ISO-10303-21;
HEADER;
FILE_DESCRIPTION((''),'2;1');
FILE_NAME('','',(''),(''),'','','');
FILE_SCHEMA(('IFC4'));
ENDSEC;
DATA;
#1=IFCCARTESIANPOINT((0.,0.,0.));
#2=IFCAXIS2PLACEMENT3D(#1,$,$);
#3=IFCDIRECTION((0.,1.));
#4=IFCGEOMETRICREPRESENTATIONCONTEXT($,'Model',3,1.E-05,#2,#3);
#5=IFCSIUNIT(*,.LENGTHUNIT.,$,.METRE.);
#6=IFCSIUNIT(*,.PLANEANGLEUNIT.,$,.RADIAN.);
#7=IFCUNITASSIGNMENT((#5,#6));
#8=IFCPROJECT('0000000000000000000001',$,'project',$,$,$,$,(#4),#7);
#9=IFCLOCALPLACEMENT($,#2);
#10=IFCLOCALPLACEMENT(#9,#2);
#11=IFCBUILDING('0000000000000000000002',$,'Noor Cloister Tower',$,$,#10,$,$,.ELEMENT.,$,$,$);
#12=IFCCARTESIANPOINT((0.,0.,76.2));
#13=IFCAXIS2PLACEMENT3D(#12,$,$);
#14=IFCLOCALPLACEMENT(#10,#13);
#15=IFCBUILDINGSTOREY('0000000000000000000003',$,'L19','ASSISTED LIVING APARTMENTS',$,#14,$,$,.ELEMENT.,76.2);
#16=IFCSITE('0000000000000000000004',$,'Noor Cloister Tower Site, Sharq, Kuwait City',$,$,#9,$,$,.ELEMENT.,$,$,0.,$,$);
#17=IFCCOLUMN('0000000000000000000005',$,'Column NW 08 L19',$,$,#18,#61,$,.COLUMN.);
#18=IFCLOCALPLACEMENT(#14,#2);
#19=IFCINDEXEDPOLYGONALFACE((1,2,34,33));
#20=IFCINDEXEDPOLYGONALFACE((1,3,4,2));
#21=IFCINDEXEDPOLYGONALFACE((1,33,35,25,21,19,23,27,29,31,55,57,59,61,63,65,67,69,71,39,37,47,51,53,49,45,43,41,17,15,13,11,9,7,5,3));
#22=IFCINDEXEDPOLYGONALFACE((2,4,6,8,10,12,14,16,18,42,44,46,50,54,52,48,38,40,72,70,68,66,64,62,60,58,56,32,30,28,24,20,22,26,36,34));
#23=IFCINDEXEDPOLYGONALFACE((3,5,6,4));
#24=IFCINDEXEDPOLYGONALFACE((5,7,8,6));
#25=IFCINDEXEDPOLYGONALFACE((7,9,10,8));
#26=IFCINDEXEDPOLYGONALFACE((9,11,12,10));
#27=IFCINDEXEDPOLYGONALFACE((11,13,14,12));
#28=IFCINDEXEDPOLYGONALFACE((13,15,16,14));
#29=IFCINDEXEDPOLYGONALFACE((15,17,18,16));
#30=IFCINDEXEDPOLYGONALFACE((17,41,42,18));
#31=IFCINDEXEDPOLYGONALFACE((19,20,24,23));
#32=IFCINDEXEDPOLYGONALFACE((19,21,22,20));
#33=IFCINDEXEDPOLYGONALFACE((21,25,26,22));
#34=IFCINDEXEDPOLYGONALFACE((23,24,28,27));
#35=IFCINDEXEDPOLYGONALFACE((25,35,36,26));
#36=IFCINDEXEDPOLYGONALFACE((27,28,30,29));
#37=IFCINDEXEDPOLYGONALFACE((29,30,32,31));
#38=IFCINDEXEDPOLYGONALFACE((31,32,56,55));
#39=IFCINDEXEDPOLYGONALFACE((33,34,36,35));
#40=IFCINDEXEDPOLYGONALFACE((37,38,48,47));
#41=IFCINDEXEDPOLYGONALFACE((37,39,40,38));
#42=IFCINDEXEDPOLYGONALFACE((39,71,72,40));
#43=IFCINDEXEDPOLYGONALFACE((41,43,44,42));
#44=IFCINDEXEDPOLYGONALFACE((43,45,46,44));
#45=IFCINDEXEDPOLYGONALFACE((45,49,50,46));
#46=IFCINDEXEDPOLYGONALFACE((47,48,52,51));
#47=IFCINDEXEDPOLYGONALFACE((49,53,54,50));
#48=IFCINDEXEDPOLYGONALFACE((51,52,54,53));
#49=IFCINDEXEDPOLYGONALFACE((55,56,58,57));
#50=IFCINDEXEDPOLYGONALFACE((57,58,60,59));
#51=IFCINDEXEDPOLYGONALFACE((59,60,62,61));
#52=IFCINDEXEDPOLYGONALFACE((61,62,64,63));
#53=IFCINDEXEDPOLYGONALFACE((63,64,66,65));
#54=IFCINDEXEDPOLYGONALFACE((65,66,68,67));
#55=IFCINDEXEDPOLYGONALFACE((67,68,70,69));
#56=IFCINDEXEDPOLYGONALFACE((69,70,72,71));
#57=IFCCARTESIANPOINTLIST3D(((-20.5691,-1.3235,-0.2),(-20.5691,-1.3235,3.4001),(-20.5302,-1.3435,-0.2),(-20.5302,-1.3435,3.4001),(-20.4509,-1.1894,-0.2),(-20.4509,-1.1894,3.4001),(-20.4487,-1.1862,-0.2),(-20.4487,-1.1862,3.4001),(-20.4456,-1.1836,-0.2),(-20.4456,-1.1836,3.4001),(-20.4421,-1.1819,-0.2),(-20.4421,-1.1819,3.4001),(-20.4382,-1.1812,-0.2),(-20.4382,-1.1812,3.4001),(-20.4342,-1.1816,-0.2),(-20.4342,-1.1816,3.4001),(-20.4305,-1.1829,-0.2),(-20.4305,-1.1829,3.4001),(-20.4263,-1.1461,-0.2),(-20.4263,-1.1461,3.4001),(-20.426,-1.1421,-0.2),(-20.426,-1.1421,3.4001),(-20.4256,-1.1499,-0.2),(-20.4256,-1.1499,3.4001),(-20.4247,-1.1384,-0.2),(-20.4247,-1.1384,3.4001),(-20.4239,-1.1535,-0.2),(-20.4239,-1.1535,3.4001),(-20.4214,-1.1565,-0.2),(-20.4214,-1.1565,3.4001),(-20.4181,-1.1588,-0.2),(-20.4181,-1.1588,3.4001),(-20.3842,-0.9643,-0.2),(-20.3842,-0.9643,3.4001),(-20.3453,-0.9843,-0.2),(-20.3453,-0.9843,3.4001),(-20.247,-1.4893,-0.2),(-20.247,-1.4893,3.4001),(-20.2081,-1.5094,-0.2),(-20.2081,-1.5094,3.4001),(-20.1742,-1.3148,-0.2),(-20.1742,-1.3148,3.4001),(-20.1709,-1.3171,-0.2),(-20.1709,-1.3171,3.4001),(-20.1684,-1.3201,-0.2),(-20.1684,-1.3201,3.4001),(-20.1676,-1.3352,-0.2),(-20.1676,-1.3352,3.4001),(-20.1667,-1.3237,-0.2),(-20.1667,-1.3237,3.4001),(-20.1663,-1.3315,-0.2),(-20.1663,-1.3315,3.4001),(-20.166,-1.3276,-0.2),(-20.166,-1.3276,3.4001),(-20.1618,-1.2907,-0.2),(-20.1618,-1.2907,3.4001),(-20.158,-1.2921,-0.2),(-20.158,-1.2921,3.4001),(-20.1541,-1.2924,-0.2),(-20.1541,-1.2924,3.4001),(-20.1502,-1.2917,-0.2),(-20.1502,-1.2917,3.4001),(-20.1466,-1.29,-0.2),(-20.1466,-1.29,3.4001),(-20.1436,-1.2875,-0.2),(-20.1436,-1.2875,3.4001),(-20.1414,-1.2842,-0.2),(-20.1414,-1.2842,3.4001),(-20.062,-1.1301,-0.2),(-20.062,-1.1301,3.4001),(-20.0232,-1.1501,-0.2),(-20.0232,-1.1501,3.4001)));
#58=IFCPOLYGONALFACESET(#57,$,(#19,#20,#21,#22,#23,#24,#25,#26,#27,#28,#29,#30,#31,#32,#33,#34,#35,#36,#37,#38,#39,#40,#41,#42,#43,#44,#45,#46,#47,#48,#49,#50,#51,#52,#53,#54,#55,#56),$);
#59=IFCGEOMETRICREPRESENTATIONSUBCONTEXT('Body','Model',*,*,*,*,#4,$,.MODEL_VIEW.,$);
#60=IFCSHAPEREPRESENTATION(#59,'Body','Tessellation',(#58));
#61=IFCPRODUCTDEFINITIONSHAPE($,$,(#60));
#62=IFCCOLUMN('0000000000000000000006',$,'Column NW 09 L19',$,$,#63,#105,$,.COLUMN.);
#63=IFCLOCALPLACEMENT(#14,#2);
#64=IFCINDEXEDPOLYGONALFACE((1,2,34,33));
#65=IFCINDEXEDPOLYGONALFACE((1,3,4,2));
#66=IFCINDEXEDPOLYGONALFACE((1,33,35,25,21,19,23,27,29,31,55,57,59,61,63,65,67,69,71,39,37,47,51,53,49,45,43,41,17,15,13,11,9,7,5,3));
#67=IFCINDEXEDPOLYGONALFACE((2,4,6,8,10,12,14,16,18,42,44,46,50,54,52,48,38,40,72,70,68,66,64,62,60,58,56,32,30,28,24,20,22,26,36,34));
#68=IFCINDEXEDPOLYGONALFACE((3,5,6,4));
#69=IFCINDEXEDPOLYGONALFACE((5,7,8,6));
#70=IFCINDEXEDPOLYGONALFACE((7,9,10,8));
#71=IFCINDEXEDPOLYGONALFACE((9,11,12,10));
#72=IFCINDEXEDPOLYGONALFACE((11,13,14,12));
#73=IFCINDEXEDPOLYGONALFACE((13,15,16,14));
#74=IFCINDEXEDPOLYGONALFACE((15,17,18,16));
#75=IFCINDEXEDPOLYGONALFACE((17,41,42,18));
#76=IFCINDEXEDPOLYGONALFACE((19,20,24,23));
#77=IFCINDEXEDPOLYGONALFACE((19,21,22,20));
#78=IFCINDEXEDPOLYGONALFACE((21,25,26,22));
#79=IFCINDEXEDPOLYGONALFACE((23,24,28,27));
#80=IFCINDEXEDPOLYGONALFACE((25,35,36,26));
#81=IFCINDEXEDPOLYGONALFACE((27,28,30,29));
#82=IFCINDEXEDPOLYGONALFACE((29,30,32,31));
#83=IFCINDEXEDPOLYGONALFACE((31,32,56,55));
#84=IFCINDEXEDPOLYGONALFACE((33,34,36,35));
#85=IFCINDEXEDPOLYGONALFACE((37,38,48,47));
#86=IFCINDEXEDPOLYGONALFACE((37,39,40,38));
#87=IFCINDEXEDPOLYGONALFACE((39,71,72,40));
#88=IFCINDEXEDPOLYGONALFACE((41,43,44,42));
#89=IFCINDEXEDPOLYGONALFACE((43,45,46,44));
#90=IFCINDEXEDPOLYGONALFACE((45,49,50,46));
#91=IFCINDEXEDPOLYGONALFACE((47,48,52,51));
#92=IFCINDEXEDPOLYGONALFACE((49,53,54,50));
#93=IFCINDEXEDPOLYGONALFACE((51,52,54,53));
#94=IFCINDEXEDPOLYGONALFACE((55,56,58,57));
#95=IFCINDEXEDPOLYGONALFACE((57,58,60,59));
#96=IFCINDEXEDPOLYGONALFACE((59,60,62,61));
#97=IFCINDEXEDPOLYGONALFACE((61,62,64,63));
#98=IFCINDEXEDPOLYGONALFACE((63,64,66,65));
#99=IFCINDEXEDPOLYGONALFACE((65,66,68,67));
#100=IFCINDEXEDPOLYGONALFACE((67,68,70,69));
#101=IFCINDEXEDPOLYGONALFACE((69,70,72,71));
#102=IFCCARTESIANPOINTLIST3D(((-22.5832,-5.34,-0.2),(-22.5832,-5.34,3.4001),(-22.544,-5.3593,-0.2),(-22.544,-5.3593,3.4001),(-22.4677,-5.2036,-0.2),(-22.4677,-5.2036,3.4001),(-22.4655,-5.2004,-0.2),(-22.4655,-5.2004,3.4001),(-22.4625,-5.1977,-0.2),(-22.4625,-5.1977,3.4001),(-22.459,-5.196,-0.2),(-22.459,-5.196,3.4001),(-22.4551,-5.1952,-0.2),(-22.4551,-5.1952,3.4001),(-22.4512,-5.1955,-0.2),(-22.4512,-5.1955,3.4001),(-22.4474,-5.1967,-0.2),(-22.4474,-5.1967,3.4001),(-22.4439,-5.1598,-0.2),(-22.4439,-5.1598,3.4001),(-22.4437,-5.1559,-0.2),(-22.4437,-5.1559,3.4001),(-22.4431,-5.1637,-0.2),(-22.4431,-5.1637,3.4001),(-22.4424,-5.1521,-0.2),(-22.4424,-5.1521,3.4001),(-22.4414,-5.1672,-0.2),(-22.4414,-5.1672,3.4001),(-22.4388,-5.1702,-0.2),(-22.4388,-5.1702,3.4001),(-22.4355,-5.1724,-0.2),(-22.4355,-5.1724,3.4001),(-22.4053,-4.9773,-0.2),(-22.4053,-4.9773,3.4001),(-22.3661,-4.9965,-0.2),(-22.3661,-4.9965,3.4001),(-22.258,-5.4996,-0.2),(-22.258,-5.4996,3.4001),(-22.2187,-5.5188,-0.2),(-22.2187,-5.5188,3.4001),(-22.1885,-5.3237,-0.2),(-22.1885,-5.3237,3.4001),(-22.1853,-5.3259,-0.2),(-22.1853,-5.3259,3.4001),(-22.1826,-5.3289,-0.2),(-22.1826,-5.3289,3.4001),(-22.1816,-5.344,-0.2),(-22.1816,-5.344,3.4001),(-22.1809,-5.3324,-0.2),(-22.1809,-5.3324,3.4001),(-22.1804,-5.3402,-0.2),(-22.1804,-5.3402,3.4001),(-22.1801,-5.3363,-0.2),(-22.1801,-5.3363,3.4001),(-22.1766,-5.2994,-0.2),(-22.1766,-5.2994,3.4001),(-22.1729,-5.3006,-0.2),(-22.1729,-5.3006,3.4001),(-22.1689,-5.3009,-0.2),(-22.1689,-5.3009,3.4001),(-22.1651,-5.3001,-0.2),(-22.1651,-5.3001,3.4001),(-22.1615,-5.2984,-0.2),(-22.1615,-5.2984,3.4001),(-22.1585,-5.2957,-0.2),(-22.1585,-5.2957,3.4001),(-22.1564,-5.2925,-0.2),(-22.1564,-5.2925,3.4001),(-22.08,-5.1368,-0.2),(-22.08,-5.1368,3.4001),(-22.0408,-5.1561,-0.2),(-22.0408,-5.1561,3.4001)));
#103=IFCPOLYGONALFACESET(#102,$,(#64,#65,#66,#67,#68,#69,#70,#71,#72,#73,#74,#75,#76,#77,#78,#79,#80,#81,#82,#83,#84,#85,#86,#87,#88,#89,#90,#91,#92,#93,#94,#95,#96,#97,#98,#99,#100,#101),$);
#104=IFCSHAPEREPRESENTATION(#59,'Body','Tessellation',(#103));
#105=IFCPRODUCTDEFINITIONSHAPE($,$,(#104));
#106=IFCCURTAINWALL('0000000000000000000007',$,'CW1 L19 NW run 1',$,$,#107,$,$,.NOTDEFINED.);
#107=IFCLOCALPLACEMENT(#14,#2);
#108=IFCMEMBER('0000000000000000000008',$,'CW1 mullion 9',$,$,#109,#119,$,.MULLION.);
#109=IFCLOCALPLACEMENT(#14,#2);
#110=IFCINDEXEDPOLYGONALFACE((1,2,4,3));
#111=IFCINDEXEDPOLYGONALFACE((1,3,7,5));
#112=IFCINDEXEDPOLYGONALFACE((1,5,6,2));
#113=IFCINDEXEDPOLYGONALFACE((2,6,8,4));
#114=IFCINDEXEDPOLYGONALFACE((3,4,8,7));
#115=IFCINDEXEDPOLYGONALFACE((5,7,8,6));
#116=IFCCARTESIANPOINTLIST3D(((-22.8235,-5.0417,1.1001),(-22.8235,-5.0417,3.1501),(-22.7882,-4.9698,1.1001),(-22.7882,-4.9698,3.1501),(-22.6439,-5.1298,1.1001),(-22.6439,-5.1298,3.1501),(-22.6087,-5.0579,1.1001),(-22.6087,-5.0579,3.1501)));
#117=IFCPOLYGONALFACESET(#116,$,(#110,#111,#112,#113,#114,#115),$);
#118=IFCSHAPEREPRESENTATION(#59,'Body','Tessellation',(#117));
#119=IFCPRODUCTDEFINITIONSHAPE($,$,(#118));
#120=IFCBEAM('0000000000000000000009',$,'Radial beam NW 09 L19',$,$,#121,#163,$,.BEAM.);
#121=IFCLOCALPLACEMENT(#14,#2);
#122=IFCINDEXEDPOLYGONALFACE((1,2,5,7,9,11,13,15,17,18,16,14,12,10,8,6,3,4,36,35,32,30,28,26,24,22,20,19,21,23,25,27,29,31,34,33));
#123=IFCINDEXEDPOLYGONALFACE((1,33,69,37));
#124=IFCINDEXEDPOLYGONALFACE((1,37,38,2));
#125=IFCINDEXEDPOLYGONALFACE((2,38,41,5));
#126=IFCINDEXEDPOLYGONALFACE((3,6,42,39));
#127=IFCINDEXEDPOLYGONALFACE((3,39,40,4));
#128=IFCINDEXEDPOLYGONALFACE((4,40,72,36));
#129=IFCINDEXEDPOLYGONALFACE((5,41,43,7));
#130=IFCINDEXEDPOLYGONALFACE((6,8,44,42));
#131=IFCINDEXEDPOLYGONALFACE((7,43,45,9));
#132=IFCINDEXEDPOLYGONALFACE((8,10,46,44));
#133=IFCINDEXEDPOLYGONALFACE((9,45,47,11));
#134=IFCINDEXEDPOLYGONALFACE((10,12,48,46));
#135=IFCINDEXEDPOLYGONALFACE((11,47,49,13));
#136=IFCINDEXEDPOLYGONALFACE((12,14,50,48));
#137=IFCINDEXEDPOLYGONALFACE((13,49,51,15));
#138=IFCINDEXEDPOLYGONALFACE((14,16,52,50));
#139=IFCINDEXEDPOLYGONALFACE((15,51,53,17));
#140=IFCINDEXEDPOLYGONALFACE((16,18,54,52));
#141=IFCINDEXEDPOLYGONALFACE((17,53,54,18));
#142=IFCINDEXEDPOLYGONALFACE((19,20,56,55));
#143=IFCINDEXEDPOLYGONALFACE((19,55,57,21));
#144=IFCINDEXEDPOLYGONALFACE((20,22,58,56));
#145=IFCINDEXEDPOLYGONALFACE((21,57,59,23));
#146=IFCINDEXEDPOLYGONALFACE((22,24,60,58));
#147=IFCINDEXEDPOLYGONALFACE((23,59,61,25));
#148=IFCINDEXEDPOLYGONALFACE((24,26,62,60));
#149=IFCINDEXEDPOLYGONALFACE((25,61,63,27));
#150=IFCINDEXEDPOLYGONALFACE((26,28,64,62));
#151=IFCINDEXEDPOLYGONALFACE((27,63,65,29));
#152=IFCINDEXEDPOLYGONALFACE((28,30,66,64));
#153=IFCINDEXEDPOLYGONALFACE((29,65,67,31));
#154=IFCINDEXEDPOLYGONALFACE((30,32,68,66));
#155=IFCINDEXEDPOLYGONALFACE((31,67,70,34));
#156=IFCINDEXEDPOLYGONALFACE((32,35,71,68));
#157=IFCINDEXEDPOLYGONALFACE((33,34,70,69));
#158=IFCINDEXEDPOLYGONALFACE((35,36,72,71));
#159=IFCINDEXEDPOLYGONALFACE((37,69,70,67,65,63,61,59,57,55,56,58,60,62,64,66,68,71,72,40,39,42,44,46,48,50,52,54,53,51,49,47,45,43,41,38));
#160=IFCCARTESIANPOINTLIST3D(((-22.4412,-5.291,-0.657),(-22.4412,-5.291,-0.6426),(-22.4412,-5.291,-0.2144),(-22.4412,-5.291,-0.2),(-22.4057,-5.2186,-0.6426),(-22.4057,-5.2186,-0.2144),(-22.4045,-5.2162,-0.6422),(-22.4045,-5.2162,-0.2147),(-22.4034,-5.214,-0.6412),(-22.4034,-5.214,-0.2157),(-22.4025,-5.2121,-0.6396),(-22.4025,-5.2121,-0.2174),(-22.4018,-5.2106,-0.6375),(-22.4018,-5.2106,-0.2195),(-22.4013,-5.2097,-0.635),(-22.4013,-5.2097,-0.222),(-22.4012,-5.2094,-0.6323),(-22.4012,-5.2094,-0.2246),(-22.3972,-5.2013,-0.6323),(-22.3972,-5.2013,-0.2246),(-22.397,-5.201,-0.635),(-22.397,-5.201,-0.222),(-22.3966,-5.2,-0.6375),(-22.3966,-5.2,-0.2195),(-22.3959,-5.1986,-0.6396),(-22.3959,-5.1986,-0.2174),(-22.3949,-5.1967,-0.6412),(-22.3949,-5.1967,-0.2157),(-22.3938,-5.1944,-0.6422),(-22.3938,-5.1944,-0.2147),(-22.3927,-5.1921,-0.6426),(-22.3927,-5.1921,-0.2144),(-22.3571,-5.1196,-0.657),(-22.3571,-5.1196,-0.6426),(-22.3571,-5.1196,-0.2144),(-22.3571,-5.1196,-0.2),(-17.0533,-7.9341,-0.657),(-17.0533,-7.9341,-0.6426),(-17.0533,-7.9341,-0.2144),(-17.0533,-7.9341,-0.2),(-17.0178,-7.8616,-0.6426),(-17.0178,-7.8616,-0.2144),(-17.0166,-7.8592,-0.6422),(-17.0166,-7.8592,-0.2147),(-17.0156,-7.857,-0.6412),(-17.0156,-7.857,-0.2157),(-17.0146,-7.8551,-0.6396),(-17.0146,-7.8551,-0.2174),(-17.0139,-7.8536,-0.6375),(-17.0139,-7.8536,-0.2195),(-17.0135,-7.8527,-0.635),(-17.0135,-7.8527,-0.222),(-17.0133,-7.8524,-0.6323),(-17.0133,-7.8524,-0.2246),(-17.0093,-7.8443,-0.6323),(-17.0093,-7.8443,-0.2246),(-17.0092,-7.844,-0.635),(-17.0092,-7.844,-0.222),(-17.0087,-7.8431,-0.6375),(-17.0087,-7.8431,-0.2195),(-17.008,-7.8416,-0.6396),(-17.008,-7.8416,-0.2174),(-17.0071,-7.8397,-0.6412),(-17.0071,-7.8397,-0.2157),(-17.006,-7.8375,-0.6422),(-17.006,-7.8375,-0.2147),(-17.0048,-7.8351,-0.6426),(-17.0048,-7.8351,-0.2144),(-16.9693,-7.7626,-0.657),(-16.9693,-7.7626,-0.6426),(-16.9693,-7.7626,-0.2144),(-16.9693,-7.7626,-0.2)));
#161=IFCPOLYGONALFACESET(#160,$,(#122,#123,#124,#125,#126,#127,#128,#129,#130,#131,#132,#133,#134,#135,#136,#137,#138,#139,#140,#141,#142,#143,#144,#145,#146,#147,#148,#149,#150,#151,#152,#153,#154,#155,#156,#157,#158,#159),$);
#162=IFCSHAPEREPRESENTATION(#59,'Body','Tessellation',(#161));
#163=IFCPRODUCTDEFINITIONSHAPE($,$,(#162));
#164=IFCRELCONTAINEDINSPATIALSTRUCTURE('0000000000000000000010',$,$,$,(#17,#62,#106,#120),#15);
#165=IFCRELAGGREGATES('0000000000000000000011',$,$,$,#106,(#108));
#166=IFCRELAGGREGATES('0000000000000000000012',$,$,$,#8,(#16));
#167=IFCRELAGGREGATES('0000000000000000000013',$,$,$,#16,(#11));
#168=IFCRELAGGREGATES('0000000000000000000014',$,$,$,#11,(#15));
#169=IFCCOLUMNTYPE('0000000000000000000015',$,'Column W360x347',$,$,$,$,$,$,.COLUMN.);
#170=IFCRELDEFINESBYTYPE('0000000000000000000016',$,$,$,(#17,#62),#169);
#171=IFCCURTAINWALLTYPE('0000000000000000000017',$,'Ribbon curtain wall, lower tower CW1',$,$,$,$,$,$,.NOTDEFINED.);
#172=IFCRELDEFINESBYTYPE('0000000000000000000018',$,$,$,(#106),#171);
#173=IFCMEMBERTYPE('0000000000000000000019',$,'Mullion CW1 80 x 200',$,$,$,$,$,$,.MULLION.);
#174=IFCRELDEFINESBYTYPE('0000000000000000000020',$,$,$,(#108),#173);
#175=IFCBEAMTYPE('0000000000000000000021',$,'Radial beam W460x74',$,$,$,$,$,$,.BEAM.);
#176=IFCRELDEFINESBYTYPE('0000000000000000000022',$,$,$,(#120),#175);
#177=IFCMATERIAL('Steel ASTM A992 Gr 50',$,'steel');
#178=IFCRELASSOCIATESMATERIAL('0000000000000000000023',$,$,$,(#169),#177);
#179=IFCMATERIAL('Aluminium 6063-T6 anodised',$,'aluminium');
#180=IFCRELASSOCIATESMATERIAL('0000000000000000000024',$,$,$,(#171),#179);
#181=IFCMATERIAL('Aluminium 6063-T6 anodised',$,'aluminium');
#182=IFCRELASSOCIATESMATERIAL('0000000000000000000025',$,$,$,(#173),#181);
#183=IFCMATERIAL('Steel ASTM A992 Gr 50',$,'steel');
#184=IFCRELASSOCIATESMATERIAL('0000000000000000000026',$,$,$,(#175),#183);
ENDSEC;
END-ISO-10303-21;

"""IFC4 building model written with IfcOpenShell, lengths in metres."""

from ifc_helpers import new_model, si_unit, direction, frame, origin, origin_2d, place, context, subcontext, project, spatial, rectangle, i_section, extrude, material, material_profile, profile_set, type_object, element, aggregate, save


model = new_model("IFC4")

# Units and contexts
model_context = context("Model", 3, precision=1e-05, world=origin(), true_north=direction((0.0, 1.0)))
body_context = subcontext(model_context, "Body", "Model", "MODEL_VIEW")
ifc_project = project(units=[si_unit("LENGTHUNIT", "METRE"), si_unit("PLANEANGLEUNIT", "RADIAN")], contexts=[model_context])

# Site, building, storey
site_placement = place(None, origin())
site = spatial("IfcSite", under=ifc_project, at=site_placement, Name="Noor Cloister Tower Site, Sharq, Kuwait City", CompositionType="ELEMENT", RefElevation=0.0)
building_placement = place(site_placement, origin())
building = spatial("IfcBuilding", under=site, at=building_placement, Name="Noor Cloister Tower", CompositionType="ELEMENT")
storey_placement = place(building_placement, frame((0.0, 0.0, 76.2)))
storey = spatial("IfcBuildingStorey", under=building, at=storey_placement, Name="L19", Description="ASSISTED LIVING APARTMENTS", CompositionType="ELEMENT", Elevation=76.2)

# Columns
ifc_material_1 = material(Name="Steel ASTM A992 Gr 50", Category="steel")
ifc_material_profile_1 = material_profile(ifc_material_1, i_section(OverallWidth=0.4041, OverallDepth=0.406, WebThickness=0.0271, FlangeThickness=0.0437, FilletRadius=0.0151, at=origin_2d()), Name="W360x347")
ifc_profile_set_1 = profile_set([ifc_material_profile_1], Name="Steel ASTM A992 Gr 50")
column_type = type_object("IfcColumnType", Name="Column W360x347", PredefinedType="COLUMN", material=ifc_profile_set_1)
for number, where, z_axis, x_axis, name in (
    (1, (-20.2961, -1.2368, -0.2), (0.0, 0.0, 1.0), (-0.457666, -0.889124, 0.0), "Column NW 08 L19"),
    (2, (-22.312, -5.248, -0.2), (0.0, 0.0, 1.0), (-0.440428, -0.897788, 0.0), "Column NW 09 L19"),
):
    element("IfcColumn", number, at=place(storey_placement, frame(where, z_axis=z_axis, x_axis=x_axis)), inside=storey, type_object=column_type, Name=name, PredefinedType="COLUMN", context=body_context, shape_type="SweptSolid", body=[
        extrude(i_section(OverallWidth=0.4041, OverallDepth=0.406, WebThickness=0.0271, FlangeThickness=0.0437, FilletRadius=0.0151, at=origin_2d()), origin(), (0.0, 0.0, 1.0), 3.6001),
    ])

# Curtain wall, member
ifc_material_2 = material(Name="Aluminium 6063-T6 anodised", Category="aluminium")
curtain_wall_type = type_object("IfcCurtainWallType", Name="Ribbon curtain wall, lower tower CW1", PredefinedType="NOTDEFINED", material=ifc_material_2)
curtain_wall_placement = place(storey_placement, origin())
curtain_wall = element("IfcCurtainWall", 3, at=curtain_wall_placement, inside=storey, type_object=curtain_wall_type, Name="CW1 L19 NW run 1", PredefinedType="NOTDEFINED")
ifc_material_3 = material(Name="Aluminium 6063-T6 anodised", Category="aluminium")
ifc_material_profile_2 = material_profile(ifc_material_3, rectangle(XDim=0.2, YDim=0.0801, at=origin_2d()), Name="200 x 80 mullion")
ifc_profile_set_2 = profile_set([ifc_material_profile_2], Name="Aluminium 6063-T6 anodised")
member_type = type_object("IfcMemberType", Name="Mullion CW1 80 x 200", PredefinedType="MULLION", material=ifc_profile_set_2)
member_placement = place(storey_placement, frame((-22.7161, -5.0498, 1.1001), z_axis=(0.0, 0.0, 1.0), x_axis=(0.897788, -0.440428, 0.0)))
member = element("IfcMember", 4, at=member_placement, type_object=member_type, Name="CW1 mullion 9", PredefinedType="MULLION", context=body_context, shape_type="SweptSolid", body=[
    extrude(rectangle(XDim=0.2, YDim=0.0801, at=origin_2d()), origin(), (0.0, 0.0, 1.0), 2.05),
])

# Beam
ifc_material_4 = material(Name="Steel ASTM A992 Gr 50", Category="steel")
ifc_material_profile_3 = material_profile(ifc_material_4, i_section(OverallWidth=0.1909, OverallDepth=0.457, WebThickness=0.009, FlangeThickness=0.0144, FilletRadius=0.0103, at=origin_2d()), Name="W460x74")
ifc_profile_set_3 = profile_set([ifc_material_profile_3], Name="Steel ASTM A992 Gr 50")
beam_type_1 = type_object("IfcBeamType", Name="Radial beam W460x74", PredefinedType="BEAM", material=ifc_profile_set_3)
beam_placement = place(storey_placement, frame((-22.3992, -5.2053, -0.4285), z_axis=(0.897794, -0.440415, 0.0), x_axis=(0.440415, 0.897794, 0.0)))
element("IfcBeam", 5, at=beam_placement, inside=storey, type_object=beam_type_1, Name="Radial beam NW 09 L19", PredefinedType="BEAM", context=body_context, shape_type="SweptSolid", body=[
    extrude(i_section(OverallWidth=0.1909, OverallDepth=0.457, WebThickness=0.009, FlangeThickness=0.0144, FilletRadius=0.0103, at=origin_2d()), origin(), (0.0, 0.0, 1.0), 6.0012),
])

aggregate(curtain_wall, [member])

save(model, "model.ifc")
